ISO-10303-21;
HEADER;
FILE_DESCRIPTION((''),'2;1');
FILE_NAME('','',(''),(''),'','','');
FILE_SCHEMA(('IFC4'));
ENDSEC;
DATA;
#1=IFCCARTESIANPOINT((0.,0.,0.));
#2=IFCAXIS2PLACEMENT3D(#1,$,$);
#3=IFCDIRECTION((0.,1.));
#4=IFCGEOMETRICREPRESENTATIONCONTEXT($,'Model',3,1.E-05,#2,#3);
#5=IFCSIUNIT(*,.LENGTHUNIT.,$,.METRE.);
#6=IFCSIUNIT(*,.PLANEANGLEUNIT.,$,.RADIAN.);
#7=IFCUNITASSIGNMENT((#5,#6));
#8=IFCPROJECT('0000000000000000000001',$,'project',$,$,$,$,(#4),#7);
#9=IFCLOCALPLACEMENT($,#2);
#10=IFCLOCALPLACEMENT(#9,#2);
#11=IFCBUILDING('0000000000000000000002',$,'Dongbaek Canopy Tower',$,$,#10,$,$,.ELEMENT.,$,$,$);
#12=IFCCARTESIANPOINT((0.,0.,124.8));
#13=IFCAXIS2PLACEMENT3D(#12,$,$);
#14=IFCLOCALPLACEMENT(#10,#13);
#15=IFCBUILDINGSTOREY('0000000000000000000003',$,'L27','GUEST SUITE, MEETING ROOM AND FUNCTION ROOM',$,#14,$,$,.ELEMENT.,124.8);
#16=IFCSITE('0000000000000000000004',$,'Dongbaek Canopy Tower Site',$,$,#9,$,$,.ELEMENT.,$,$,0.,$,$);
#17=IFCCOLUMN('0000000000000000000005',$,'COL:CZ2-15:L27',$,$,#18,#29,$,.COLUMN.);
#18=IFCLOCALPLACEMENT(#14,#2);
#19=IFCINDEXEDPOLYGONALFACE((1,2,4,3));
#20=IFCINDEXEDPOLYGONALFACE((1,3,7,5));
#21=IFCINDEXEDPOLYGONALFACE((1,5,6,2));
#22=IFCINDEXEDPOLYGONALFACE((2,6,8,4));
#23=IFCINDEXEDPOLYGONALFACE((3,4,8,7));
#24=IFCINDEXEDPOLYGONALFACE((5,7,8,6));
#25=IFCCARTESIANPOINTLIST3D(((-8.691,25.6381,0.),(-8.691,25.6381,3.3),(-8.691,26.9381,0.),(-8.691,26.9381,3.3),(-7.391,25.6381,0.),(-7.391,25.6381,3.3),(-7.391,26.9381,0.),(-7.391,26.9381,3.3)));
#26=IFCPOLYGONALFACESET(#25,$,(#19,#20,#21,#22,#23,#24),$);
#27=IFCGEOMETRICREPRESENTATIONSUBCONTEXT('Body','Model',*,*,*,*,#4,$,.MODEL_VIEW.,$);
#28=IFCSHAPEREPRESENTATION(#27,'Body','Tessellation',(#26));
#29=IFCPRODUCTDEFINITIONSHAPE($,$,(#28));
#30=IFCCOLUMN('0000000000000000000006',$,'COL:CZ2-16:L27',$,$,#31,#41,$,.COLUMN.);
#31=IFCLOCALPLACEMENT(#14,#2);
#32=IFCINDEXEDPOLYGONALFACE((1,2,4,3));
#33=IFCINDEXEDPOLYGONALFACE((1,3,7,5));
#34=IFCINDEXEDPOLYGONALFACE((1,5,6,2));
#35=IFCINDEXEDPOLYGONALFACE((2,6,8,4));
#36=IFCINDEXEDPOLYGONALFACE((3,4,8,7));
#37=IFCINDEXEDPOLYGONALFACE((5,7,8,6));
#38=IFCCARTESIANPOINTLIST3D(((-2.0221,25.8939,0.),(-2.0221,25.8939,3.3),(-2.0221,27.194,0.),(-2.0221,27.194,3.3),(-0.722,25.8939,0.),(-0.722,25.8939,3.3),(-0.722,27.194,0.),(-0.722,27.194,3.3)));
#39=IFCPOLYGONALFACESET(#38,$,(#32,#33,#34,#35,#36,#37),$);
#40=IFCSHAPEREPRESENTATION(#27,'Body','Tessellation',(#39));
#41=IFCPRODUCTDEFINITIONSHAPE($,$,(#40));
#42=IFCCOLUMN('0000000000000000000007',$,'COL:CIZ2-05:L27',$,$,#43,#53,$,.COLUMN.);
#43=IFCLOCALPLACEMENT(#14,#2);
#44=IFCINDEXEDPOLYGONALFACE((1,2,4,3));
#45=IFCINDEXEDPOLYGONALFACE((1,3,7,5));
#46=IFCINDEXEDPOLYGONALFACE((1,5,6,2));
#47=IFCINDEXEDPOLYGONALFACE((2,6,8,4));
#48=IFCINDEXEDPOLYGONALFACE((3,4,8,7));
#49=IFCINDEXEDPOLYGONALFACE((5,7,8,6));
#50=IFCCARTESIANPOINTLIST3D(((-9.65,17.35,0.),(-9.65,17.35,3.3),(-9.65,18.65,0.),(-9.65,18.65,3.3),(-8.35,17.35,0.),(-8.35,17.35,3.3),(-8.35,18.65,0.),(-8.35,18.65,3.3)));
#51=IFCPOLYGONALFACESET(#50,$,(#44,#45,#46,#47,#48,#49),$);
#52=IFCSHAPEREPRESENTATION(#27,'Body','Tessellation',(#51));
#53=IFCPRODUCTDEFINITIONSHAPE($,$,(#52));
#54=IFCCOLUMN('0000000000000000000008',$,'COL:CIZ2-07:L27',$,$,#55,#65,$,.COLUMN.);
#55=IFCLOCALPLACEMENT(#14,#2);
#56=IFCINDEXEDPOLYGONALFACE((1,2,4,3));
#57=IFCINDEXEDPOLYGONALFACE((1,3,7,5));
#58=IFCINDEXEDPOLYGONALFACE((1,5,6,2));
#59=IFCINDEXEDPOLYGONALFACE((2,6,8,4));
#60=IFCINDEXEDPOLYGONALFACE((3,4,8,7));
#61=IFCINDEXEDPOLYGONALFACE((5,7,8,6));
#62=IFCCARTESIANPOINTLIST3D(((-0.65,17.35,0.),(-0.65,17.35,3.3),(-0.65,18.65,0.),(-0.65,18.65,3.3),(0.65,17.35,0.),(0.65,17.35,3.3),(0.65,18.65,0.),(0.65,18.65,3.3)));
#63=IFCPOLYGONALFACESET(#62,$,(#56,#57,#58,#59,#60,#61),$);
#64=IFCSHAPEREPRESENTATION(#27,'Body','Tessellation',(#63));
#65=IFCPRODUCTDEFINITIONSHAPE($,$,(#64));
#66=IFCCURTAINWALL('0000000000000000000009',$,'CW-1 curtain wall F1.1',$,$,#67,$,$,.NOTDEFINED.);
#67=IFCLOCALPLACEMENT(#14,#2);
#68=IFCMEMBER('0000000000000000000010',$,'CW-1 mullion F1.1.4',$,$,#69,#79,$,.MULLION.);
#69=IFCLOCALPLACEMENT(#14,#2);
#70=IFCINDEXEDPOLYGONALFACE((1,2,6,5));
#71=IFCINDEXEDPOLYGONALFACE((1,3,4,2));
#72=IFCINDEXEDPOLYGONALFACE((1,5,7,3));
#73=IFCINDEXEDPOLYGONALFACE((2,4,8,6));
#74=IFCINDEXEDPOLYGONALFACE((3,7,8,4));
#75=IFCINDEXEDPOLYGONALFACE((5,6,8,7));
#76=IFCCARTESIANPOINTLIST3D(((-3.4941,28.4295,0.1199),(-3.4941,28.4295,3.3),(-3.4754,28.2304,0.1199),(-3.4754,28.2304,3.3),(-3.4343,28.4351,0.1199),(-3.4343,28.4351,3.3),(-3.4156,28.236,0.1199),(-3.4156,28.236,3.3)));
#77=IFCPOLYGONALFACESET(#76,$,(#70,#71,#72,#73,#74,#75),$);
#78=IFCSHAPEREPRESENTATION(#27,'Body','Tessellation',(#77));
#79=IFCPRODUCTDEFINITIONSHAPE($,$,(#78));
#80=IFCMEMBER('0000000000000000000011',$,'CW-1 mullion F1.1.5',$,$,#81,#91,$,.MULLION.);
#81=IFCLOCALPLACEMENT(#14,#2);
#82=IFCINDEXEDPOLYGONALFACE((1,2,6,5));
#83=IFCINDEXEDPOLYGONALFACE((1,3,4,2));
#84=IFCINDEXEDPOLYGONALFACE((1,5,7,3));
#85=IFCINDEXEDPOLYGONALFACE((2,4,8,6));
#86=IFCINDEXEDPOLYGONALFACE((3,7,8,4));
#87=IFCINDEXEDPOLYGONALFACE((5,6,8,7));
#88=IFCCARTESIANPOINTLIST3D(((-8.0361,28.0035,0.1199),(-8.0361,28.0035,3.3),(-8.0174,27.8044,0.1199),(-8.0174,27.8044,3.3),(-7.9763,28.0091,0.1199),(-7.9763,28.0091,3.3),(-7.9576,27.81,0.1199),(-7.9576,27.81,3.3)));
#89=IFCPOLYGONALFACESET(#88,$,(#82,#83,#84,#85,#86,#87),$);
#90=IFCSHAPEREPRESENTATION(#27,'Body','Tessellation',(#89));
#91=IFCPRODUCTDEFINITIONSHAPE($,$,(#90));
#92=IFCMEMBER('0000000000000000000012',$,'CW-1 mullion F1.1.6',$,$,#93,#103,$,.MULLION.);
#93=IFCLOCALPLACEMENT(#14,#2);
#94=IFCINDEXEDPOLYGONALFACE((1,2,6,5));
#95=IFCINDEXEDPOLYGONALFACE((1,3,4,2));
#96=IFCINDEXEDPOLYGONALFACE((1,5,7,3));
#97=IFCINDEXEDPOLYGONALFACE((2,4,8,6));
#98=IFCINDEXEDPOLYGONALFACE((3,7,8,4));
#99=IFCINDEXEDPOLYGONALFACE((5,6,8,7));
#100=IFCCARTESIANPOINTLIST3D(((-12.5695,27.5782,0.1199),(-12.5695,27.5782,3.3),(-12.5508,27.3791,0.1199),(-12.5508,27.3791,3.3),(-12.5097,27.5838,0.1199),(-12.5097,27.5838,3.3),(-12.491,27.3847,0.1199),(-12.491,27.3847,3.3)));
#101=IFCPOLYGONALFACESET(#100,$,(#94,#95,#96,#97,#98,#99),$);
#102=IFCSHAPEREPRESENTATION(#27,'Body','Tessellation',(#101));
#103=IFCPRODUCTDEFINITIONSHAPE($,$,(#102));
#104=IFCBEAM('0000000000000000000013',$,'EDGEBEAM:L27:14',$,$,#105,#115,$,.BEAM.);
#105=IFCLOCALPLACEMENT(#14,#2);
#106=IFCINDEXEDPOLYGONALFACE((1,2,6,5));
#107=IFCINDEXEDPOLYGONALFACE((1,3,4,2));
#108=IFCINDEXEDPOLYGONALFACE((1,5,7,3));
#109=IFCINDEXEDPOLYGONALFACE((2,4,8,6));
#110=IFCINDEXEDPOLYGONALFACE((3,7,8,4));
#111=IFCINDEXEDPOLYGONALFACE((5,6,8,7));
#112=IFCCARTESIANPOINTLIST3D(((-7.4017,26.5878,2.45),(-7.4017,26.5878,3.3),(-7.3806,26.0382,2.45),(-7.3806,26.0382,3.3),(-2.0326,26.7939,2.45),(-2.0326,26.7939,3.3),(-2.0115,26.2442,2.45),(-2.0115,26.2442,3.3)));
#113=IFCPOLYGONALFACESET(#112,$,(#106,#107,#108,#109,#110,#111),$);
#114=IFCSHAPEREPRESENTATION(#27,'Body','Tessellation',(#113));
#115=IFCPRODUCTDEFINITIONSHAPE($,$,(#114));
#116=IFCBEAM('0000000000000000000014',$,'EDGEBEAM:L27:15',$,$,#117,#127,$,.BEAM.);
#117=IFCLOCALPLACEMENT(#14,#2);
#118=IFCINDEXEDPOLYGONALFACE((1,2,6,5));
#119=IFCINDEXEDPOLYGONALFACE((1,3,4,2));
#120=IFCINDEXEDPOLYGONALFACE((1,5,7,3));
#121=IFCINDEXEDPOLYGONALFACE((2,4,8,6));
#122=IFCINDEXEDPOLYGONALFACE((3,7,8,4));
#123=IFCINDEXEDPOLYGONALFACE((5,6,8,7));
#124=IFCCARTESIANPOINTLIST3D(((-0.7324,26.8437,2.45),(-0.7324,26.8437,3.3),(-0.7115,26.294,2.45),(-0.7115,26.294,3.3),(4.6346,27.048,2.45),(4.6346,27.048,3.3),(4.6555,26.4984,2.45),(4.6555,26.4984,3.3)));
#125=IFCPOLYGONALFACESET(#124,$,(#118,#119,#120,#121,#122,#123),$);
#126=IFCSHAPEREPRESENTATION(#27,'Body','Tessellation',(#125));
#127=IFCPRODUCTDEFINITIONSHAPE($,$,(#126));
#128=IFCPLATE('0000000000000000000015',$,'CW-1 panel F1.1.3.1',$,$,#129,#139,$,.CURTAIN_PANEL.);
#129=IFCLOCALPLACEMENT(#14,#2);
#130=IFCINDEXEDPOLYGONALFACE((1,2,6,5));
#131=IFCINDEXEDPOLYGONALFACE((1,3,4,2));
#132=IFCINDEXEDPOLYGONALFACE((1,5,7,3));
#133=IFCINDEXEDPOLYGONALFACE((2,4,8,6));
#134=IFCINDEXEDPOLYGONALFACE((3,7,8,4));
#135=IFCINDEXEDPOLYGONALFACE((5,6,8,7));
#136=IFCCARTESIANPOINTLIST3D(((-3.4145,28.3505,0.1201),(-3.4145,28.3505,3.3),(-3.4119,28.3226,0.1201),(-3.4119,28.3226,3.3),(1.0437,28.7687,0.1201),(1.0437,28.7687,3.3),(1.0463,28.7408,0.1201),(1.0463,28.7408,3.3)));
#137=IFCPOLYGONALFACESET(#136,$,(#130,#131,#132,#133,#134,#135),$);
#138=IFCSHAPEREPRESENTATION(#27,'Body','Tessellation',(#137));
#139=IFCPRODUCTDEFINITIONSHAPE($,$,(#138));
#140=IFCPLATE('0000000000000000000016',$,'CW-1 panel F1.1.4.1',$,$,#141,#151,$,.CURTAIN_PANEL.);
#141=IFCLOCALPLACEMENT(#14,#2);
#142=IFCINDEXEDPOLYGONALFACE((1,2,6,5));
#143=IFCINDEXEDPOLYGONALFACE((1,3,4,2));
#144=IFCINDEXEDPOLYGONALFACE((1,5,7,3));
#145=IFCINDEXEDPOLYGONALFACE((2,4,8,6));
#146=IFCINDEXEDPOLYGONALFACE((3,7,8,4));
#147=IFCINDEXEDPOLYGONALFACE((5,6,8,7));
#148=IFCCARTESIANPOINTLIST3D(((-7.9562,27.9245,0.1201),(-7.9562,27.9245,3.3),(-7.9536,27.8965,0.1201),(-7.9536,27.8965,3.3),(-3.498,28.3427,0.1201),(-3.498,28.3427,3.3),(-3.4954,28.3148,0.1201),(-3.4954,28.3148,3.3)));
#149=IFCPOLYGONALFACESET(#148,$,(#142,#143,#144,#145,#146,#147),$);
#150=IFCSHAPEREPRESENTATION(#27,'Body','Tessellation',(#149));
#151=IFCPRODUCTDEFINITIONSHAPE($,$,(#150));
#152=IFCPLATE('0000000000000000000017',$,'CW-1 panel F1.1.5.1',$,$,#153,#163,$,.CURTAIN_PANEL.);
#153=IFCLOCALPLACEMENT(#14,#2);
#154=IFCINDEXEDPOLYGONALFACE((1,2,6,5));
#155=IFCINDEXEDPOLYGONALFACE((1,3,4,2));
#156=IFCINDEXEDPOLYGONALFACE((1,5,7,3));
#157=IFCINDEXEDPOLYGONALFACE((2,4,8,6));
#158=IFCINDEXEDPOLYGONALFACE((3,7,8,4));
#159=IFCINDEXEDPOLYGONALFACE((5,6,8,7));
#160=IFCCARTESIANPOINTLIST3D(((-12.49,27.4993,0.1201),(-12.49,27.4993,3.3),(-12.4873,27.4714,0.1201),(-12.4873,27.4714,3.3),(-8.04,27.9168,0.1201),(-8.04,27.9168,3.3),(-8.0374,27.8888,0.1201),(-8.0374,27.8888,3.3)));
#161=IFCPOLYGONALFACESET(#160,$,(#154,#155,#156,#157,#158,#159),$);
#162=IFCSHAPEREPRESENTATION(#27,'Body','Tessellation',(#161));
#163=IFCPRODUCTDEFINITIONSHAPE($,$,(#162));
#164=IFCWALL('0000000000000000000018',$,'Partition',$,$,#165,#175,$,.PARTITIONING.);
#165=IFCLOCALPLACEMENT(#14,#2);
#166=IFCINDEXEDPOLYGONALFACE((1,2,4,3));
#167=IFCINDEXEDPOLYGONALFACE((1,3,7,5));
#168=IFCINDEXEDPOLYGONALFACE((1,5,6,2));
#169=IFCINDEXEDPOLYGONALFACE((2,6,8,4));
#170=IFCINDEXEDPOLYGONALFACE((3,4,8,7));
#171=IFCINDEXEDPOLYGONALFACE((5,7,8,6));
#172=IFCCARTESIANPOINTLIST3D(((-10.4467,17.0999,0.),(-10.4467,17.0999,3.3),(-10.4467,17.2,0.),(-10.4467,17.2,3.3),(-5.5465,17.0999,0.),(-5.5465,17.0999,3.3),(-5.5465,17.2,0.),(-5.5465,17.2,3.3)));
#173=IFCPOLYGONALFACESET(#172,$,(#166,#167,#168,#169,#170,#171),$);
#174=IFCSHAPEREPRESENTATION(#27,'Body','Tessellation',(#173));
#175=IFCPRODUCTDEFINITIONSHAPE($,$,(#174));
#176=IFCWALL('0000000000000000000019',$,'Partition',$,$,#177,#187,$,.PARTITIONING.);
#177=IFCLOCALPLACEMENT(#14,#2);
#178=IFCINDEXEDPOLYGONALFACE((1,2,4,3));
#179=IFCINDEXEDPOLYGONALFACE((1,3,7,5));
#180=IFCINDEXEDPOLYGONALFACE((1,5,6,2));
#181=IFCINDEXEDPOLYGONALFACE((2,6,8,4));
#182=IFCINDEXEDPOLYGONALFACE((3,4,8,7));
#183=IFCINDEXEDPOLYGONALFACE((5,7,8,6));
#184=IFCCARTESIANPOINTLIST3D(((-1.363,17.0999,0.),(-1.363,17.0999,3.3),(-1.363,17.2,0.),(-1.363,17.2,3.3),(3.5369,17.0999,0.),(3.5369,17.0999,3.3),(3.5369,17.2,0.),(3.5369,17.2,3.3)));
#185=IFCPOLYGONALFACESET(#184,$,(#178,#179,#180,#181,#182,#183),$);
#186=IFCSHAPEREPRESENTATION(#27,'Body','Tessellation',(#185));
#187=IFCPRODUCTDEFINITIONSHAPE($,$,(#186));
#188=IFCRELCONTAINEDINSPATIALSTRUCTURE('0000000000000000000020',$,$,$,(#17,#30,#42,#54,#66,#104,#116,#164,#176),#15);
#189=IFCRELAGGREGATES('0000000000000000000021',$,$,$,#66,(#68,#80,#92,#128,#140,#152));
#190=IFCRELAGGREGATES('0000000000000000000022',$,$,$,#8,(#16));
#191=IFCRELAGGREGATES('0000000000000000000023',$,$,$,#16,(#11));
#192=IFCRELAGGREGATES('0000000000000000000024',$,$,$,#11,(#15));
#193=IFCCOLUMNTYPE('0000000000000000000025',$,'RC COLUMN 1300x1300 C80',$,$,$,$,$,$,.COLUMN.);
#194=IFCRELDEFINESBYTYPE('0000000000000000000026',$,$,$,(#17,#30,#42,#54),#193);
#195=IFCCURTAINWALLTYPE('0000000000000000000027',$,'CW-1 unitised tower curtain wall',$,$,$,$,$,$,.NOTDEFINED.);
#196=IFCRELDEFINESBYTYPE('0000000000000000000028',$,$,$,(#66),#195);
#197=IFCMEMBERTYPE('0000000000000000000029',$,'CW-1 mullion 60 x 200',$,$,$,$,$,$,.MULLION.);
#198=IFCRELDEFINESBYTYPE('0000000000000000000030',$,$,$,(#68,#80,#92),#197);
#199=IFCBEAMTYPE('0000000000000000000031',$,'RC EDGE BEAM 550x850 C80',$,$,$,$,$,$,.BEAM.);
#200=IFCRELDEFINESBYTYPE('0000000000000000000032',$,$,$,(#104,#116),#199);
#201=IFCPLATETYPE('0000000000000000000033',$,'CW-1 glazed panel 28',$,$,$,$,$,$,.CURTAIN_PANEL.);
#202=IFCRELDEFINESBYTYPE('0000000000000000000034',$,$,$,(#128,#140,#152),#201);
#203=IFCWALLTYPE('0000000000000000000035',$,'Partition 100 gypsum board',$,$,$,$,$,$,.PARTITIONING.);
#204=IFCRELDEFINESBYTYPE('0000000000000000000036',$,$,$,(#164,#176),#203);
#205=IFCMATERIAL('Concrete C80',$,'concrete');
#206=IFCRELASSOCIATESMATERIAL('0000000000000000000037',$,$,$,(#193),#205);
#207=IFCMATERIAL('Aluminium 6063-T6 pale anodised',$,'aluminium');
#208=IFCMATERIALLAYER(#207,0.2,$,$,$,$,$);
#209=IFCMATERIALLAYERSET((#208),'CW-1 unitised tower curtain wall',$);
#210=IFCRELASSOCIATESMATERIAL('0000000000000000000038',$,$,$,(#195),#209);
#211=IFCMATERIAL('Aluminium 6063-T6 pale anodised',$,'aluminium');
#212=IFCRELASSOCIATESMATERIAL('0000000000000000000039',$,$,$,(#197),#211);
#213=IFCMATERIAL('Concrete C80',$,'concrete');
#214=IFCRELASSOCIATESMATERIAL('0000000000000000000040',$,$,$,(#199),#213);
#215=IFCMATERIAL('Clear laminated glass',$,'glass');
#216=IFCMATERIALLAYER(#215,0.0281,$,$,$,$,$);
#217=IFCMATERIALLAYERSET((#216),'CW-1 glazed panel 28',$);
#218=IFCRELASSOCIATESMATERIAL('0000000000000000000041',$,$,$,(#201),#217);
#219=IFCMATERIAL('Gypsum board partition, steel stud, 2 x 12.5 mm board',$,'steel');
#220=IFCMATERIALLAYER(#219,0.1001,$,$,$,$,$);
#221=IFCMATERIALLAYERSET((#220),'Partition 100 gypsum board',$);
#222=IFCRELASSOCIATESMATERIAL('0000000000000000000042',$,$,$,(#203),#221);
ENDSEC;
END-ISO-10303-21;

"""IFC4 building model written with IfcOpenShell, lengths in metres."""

from ifc_helpers import new_model, si_unit, direction, frame, frame_2d, origin, origin_2d, place, context, subcontext, project, spatial, rectangle, extrude, material, layer, layer_set, material_profile, profile_set, type_object, element, aggregate, save


model = new_model("IFC4")

# Units and contexts
model_context = context("Model", 3, precision=1e-05, world=origin(), true_north=direction((0.0, 1.0)))
body_context = subcontext(model_context, "Body", "Model", "MODEL_VIEW")
ifc_project = project(units=[si_unit("LENGTHUNIT", "METRE"), si_unit("PLANEANGLEUNIT", "RADIAN")], contexts=[model_context])

# Site, building, storey
site_placement = place(None, origin())
site = spatial("IfcSite", under=ifc_project, at=site_placement, Name="Dongbaek Canopy Tower Site", CompositionType="ELEMENT", RefElevation=0.0)
building_placement = place(site_placement, origin())
building = spatial("IfcBuilding", under=site, at=building_placement, Name="Dongbaek Canopy Tower", CompositionType="ELEMENT")
storey_placement = place(building_placement, frame((0.0, 0.0, 124.8)))
storey = spatial("IfcBuildingStorey", under=building, at=storey_placement, Name="L27", Description="GUEST SUITE, MEETING ROOM AND FUNCTION ROOM", CompositionType="ELEMENT", Elevation=124.8)

# Columns
ifc_material_1 = material(Name="Concrete C80", Category="concrete")
ifc_material_profile_1 = material_profile(ifc_material_1, rectangle(XDim=1.3, YDim=1.3, at=origin_2d()), Name="RC COLUMN 1300x1300 C80")
ifc_profile_set_1 = profile_set([ifc_material_profile_1], Name="Concrete C80")
column_type = type_object("IfcColumnType", Name="RC COLUMN 1300x1300 C80", PredefinedType="COLUMN", material=ifc_profile_set_1)
for number, where, z_axis, x_axis, name in (
    (1, (-8.041, 26.2881, 0.0), (0.0, 0.0, 1.0), (1.0, 0.0, 0.0), "COL:CZ2-15:L27"),
    (2, (-1.3721, 26.5439, 0.0), (0.0, 0.0, 1.0), (1.0, 0.0, 0.0), "COL:CZ2-16:L27"),
    (3, (-9.0, 18.0, 0.0), (0.0, 0.0, 1.0), (1.0, 0.0, 0.0), "COL:CIZ2-05:L27"),
    (4, (0.0, 18.0, 0.0), (0.0, 0.0, 1.0), (1.0, 0.0, 0.0), "COL:CIZ2-07:L27"),
):
    element("IfcColumn", number, at=place(storey_placement, frame(where, z_axis=z_axis, x_axis=x_axis)), inside=storey, type_object=column_type, Name=name, PredefinedType="COLUMN", context=body_context, shape_type="SweptSolid", body=[
        extrude(rectangle(XDim=1.3, YDim=1.3, at=origin_2d()), origin(), (0.0, 0.0, 1.0), 3.3),
    ])

# Curtain wall, members
ifc_material_2 = material(Name="Aluminium 6063-T6 pale anodised", Category="aluminium")
ifc_layer_1 = layer(ifc_material_2, 0.2)
ifc_layer_set_1 = layer_set([ifc_layer_1], Name="CW-1 unitised tower curtain wall")
curtain_wall_type = type_object("IfcCurtainWallType", Name="CW-1 unitised tower curtain wall", PredefinedType="NOTDEFINED", material=ifc_layer_set_1)
curtain_wall_placement = place(storey_placement, origin())
curtain_wall = element("IfcCurtainWall", 5, at=curtain_wall_placement, inside=storey, type_object=curtain_wall_type, Name="CW-1 curtain wall F1.1", PredefinedType="NOTDEFINED")
ifc_material_3 = material(Name="Aluminium 6063-T6 pale anodised", Category="aluminium")
ifc_material_profile_2 = material_profile(ifc_material_3, rectangle(XDim=0.2, YDim=0.0601, at=origin_2d()), Name="CW-1 mullion 60 x 200")
ifc_profile_set_2 = profile_set([ifc_material_profile_2], Name="Aluminium 6063-T6 pale anodised")
member_type = type_object("IfcMemberType", Name="CW-1 mullion 60 x 200", PredefinedType="MULLION", material=ifc_profile_set_2)
member_1_placement = place(storey_placement, frame((-3.4548, 28.3328, 0.1199), z_axis=(0.0, 0.0, 1.0), x_axis=(-0.093398, 0.995629, 0.0)))
member_1 = element("IfcMember", 6, at=member_1_placement, type_object=member_type, Name="CW-1 mullion F1.1.4", PredefinedType="MULLION", context=body_context, shape_type="SweptSolid", body=[
    extrude(rectangle(XDim=0.2, YDim=0.0601, at=origin_2d()), origin(), (0.0, 0.0, 1.0), 3.1802),
])
member_2_placement = place(storey_placement, frame((-7.9968, 27.9067, 0.1199), z_axis=(0.0, 0.0, 1.0), x_axis=(-0.093398, 0.995629, 0.0)))
member_2 = element("IfcMember", 7, at=member_2_placement, type_object=member_type, Name="CW-1 mullion F1.1.5", PredefinedType="MULLION", context=body_context, shape_type="SweptSolid", body=[
    extrude(rectangle(XDim=0.2, YDim=0.0601, at=origin_2d()), origin(), (0.0, 0.0, 1.0), 3.1802),
])
member_3_placement = place(storey_placement, frame((-12.5303, 27.4814, 0.1199), z_axis=(0.0, 0.0, 1.0), x_axis=(-0.093398, 0.995629, 0.0)))
member_3 = element("IfcMember", 8, at=member_3_placement, type_object=member_type, Name="CW-1 mullion F1.1.6", PredefinedType="MULLION", context=body_context, shape_type="SweptSolid", body=[
    extrude(rectangle(XDim=0.2, YDim=0.0601, at=origin_2d()), origin(), (0.0, 0.0, 1.0), 3.1802),
])

# Beams
ifc_material_4 = material(Name="Concrete C80", Category="concrete")
ifc_material_profile_3 = material_profile(ifc_material_4, rectangle(XDim=0.55, YDim=0.8501, at=origin_2d()), Name="RC EDGE BEAM 550x850 C80")
ifc_profile_set_3 = profile_set([ifc_material_profile_3], Name="Concrete C80")
beam_type = type_object("IfcBeamType", Name="RC EDGE BEAM 550x850 C80", PredefinedType="BEAM", material=ifc_profile_set_3)
beam_1_placement = place(storey_placement, frame((-7.3911, 26.313, 2.875), z_axis=(0.999264, 0.038349, 0.0), x_axis=(-0.038349, 0.999264, 0.0)))
element("IfcBeam", 9, at=beam_1_placement, inside=storey, type_object=beam_type, Name="EDGEBEAM:L27:14", PredefinedType="BEAM", context=body_context, shape_type="SweptSolid", body=[
    extrude(rectangle(XDim=0.55, YDim=0.8501, at=origin_2d()), origin(), (0.0, 0.0, 1.0), 5.373),
])
beam_2_placement = place(storey_placement, frame((-0.7219, 26.5688, 2.875), z_axis=(0.999276, 0.038047, 0.0), x_axis=(-0.038047, 0.999276, 0.0)))
element("IfcBeam", 10, at=beam_2_placement, inside=storey, type_object=beam_type, Name="EDGEBEAM:L27:15", PredefinedType="BEAM", context=body_context, shape_type="SweptSolid", body=[
    extrude(rectangle(XDim=0.55, YDim=0.8501, at=origin_2d()), origin(), (0.0, 0.0, 1.0), 5.3708),
])

# Plates
ifc_material_5 = material(Name="Clear laminated glass", Category="glass")
ifc_layer_2 = layer(ifc_material_5, 0.0281)
ifc_layer_set_2 = layer_set([ifc_layer_2], Name="CW-1 glazed panel 28")
plate_type = type_object("IfcPlateType", Name="CW-1 glazed panel 28", PredefinedType="CURTAIN_PANEL", material=ifc_layer_set_2)
plate_1_placement = place(storey_placement, frame((-1.1841, 28.5457, 0.1201), z_axis=(0.0, 0.0, 1.0), x_axis=(-0.995629, -0.093398, 0.0)))
plate_1 = element("IfcPlate", 11, at=plate_1_placement, type_object=plate_type, Name="CW-1 panel F1.1.3.1", PredefinedType="CURTAIN_PANEL", context=body_context, shape_type="SweptSolid", body=[
    extrude(rectangle(XDim=4.4778, YDim=0.0281, at=origin_2d()), origin(), (0.0, 0.0, 1.0), 3.1799),
])
plate_2_placement = place(storey_placement, frame((-5.7258, 28.1196, 0.1201), z_axis=(0.0, 0.0, 1.0), x_axis=(-0.995629, -0.093398, 0.0)))
plate_2 = element("IfcPlate", 12, at=plate_2_placement, type_object=plate_type, Name="CW-1 panel F1.1.4.1", PredefinedType="CURTAIN_PANEL", context=body_context, shape_type="SweptSolid", body=[
    extrude(rectangle(XDim=4.4778, YDim=0.0281, at=origin_2d()), origin(), (0.0, 0.0, 1.0), 3.1799),
])
plate_3_placement = place(storey_placement, frame((-10.2637, 27.6941, 0.1201), z_axis=(0.0, 0.0, 1.0), x_axis=(-0.995629, -0.093398, 0.0)))
plate_3 = element("IfcPlate", 13, at=plate_3_placement, type_object=plate_type, Name="CW-1 panel F1.1.5.1", PredefinedType="CURTAIN_PANEL", context=body_context, shape_type="SweptSolid", body=[
    extrude(rectangle(XDim=4.4695, YDim=0.0281, at=origin_2d()), origin(), (0.0, 0.0, 1.0), 3.1799),
])

# Walls
ifc_material_6 = material(Name="Gypsum board partition, steel stud, 2 x 12.5 mm board", Category="steel")
ifc_layer_3 = layer(ifc_material_6, 0.1001)
ifc_layer_set_3 = layer_set([ifc_layer_3], Name="Partition 100 gypsum board")
wall_type = type_object("IfcWallType", Name="Partition 100 gypsum board", PredefinedType="PARTITIONING", material=ifc_layer_set_3)
wall_1_placement = place(storey_placement, frame((-10.4468, 17.1499, 0.0), z_axis=(0.0, 0.0, 1.0), x_axis=(1.0, 0.0, 0.0)))
element("IfcWall", 14, at=wall_1_placement, inside=storey, type_object=wall_type, Name="Partition", PredefinedType="PARTITIONING", context=body_context, shape_type="SweptSolid", body=[
    extrude(rectangle(XDim=4.9001, YDim=0.1001, at=frame_2d((2.4502, 0.0))), origin(), (0.0, 0.0, 1.0), 3.3),
])
wall_2_placement = place(storey_placement, frame((-1.363, 17.1499, 0.0), z_axis=(0.0, 0.0, 1.0), x_axis=(1.0, 0.0, 0.0)))
element("IfcWall", 15, at=wall_2_placement, inside=storey, type_object=wall_type, Name="Partition", PredefinedType="PARTITIONING", context=body_context, shape_type="SweptSolid", body=[
    extrude(rectangle(XDim=4.8999, YDim=0.1001, at=frame_2d((2.45, 0.0))), origin(), (0.0, 0.0, 1.0), 3.3),
])

aggregate(curtain_wall, [member_1, member_2, member_3, plate_1, plate_2, plate_3])

save(model, "model.ifc")
